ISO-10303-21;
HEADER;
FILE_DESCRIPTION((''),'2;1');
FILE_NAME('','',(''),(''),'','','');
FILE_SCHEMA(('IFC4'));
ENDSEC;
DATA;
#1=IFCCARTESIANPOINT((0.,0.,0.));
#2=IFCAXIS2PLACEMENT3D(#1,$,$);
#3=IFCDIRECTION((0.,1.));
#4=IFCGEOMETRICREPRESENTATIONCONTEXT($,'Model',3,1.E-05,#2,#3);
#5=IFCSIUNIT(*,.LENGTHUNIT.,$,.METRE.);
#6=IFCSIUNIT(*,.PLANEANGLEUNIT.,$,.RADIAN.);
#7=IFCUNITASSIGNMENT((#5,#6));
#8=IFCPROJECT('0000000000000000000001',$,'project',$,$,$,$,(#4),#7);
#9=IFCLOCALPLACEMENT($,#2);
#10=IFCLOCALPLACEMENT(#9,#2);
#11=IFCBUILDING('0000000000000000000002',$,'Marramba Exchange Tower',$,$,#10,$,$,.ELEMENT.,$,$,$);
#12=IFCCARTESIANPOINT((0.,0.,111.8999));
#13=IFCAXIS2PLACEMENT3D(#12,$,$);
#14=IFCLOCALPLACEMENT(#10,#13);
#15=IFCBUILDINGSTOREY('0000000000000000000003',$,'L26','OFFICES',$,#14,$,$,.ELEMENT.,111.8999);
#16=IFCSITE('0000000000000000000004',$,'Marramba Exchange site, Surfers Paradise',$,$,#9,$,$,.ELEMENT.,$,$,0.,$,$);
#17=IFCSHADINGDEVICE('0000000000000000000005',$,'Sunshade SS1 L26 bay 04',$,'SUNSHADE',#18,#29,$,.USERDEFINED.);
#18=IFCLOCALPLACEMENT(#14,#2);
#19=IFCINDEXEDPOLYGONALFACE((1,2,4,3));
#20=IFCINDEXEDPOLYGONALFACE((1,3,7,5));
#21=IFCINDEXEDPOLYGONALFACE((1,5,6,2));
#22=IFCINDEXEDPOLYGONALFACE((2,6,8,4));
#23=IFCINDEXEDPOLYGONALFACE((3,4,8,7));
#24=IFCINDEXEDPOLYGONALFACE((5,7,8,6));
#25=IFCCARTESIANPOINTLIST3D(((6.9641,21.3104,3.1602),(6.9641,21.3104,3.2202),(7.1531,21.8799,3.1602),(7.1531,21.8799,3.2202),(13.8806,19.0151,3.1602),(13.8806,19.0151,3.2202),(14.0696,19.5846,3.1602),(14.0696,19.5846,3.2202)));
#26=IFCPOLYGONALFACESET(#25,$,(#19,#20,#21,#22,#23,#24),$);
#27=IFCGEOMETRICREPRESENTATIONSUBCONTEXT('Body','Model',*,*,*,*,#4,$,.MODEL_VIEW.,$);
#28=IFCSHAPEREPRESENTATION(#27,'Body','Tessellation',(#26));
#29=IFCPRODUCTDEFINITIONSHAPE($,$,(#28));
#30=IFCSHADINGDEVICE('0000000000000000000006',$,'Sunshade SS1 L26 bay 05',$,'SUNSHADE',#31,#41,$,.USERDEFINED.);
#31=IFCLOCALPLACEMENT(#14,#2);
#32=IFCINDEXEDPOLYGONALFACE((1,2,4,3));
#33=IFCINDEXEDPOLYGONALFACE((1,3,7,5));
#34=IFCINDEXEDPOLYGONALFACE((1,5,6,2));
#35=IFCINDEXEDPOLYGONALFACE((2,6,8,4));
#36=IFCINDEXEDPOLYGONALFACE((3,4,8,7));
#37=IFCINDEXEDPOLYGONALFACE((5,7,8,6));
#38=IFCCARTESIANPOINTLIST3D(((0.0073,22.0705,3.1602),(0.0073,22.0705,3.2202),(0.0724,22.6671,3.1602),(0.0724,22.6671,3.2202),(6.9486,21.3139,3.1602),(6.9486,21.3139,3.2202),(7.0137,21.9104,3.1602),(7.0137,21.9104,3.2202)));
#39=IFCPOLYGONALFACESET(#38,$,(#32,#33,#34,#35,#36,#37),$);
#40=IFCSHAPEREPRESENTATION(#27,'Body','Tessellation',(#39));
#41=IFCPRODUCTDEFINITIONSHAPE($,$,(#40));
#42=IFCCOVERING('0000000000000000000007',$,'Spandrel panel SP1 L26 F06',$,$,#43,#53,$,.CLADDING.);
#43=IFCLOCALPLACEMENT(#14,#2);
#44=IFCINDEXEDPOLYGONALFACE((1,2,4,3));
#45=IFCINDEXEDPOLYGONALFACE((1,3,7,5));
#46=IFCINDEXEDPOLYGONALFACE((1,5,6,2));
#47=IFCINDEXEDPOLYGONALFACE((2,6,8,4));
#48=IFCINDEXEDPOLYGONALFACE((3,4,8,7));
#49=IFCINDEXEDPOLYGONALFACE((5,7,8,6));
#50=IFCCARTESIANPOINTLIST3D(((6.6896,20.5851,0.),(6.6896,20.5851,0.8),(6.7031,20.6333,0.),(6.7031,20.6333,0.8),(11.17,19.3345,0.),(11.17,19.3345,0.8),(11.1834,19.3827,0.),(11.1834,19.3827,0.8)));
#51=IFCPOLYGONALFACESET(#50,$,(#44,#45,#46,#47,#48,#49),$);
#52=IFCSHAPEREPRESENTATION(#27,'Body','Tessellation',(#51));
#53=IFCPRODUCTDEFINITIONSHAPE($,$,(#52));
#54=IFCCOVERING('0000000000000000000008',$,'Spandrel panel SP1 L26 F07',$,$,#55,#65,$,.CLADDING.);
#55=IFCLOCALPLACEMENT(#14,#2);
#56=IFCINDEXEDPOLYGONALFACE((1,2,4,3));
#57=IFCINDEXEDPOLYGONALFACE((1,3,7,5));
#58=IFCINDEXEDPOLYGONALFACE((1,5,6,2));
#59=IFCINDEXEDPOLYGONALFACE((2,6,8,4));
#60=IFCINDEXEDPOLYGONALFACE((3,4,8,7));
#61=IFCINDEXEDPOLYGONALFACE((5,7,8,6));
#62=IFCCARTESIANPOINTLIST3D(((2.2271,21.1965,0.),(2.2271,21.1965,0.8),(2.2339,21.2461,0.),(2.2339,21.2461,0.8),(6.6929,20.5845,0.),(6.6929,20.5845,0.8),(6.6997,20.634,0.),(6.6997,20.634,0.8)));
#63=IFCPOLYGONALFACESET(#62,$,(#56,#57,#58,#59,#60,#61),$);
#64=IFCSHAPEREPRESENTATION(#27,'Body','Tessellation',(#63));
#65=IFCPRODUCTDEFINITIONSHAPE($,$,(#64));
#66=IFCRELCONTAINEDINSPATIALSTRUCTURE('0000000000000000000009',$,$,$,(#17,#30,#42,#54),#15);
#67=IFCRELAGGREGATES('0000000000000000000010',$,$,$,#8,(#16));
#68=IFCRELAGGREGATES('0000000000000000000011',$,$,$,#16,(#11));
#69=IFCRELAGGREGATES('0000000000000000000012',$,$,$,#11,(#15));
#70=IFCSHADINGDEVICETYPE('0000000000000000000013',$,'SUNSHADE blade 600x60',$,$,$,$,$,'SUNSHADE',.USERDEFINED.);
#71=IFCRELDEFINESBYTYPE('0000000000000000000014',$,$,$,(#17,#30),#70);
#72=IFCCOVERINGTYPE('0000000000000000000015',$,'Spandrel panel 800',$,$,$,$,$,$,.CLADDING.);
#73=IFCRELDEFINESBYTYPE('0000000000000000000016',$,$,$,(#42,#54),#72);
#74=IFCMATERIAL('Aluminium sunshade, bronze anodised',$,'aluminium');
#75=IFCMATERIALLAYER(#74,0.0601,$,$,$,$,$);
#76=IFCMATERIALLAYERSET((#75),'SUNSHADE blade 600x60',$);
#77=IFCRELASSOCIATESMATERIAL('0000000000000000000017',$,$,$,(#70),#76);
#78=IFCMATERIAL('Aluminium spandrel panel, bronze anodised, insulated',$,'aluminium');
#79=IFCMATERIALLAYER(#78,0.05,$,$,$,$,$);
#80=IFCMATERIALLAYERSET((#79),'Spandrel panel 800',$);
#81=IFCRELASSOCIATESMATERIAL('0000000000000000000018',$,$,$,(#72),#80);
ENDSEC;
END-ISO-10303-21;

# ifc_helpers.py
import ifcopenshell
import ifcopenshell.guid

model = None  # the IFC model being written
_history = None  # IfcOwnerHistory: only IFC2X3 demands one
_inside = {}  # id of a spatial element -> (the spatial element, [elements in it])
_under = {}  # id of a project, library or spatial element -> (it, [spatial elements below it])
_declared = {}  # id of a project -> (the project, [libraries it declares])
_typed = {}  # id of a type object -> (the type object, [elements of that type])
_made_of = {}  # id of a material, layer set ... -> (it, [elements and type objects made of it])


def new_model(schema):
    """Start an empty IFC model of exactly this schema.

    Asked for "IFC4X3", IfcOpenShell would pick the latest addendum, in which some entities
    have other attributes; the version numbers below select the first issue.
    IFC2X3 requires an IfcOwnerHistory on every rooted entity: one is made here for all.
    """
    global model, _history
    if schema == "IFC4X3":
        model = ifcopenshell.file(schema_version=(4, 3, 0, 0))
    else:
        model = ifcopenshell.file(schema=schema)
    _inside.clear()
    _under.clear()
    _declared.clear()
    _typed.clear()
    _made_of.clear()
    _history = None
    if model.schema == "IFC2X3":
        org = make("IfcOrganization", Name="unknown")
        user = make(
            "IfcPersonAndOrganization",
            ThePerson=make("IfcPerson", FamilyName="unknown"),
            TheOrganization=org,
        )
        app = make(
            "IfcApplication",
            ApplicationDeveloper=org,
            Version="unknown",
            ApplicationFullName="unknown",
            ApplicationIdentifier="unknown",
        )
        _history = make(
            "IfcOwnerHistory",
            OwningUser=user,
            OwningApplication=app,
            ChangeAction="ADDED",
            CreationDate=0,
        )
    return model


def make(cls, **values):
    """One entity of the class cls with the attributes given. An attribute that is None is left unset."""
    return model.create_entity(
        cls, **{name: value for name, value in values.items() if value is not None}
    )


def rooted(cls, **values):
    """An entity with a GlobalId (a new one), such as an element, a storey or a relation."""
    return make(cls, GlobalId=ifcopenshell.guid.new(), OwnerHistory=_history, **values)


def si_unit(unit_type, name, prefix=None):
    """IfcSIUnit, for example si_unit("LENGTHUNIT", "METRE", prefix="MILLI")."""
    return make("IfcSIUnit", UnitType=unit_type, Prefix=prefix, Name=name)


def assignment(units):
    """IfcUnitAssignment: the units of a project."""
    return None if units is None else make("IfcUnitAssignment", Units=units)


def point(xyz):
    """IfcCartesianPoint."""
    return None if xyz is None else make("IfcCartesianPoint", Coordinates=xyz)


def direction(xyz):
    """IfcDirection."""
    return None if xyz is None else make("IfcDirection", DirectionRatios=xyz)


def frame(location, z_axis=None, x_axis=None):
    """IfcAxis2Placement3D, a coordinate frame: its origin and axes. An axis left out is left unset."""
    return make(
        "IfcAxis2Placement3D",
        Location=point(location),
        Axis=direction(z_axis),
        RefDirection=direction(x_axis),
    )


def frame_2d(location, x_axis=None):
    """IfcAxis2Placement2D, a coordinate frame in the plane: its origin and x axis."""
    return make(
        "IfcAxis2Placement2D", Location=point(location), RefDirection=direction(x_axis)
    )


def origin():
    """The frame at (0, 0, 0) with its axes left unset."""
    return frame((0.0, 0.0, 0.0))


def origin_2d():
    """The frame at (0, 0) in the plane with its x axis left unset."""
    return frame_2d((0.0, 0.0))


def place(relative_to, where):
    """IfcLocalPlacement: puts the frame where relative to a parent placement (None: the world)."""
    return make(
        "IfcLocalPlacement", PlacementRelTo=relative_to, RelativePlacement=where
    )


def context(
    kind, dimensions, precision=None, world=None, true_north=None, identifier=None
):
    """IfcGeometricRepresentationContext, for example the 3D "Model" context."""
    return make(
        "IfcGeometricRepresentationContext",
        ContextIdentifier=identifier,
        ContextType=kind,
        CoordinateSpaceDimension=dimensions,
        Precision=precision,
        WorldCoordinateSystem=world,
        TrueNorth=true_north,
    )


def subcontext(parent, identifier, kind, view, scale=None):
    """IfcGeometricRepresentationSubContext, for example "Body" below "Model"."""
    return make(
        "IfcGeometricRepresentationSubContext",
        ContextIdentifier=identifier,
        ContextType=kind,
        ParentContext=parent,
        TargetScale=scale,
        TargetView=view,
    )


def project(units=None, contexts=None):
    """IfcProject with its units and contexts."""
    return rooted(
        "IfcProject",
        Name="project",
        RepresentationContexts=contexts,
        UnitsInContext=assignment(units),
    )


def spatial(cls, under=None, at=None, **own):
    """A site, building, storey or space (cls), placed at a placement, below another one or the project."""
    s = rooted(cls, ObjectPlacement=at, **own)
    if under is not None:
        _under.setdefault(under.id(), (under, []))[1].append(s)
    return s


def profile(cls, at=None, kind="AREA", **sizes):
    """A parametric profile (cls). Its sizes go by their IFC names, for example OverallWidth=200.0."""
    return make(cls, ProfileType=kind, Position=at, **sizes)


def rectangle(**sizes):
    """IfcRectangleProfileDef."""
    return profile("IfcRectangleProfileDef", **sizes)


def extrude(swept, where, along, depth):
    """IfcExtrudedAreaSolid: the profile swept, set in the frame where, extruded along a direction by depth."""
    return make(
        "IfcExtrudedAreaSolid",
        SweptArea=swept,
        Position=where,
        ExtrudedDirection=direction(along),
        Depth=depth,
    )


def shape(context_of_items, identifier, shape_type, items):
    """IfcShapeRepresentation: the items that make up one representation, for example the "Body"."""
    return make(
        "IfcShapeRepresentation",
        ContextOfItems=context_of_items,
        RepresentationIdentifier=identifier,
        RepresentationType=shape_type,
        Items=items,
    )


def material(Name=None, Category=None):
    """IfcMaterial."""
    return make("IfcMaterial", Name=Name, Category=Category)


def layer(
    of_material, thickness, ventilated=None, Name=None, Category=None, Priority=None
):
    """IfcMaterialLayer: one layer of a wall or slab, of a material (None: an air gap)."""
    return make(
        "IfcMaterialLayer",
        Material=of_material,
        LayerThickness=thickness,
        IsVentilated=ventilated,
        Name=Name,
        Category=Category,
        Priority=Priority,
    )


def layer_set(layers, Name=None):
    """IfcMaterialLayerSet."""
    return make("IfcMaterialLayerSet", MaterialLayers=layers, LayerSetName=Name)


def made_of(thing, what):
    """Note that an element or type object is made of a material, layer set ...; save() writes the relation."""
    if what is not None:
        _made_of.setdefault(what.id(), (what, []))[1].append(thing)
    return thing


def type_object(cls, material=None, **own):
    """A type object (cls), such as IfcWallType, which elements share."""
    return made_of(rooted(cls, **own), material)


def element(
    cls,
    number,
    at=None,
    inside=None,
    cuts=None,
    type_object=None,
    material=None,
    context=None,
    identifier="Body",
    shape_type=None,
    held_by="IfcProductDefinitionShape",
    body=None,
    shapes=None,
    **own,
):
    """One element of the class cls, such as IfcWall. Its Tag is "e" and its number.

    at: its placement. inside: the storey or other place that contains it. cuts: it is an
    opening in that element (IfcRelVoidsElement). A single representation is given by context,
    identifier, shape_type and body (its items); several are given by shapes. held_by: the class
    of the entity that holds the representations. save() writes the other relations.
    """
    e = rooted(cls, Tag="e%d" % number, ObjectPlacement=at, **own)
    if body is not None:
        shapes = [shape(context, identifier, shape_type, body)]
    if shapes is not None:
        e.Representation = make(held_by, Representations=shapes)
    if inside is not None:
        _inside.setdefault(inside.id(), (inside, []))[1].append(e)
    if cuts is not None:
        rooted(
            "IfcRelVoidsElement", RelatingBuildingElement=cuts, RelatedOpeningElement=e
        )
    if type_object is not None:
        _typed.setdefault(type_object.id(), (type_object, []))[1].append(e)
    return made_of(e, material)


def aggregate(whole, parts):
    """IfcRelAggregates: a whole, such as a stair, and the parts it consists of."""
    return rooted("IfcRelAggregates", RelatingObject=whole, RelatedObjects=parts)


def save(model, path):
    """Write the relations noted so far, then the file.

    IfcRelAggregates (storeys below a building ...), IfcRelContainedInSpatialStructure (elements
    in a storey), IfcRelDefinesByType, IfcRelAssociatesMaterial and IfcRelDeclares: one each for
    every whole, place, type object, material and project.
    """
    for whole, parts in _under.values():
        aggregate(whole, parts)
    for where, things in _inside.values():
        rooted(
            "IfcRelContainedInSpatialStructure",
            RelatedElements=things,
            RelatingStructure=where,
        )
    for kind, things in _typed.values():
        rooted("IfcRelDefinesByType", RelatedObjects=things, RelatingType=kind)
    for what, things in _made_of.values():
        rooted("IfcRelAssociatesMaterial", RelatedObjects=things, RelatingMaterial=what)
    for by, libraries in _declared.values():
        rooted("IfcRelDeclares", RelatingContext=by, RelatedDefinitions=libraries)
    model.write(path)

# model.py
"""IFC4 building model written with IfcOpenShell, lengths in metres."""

from ifc_helpers import new_model, si_unit, direction, frame, origin, origin_2d, place, context, subcontext, project, spatial, rectangle, extrude, material, layer, layer_set, type_object, element, save


model = new_model("IFC4")

# Units and contexts
model_context = context("Model", 3, precision=1e-05, world=origin(), true_north=direction((0.0, 1.0)))
body_context = subcontext(model_context, "Body", "Model", "MODEL_VIEW")
ifc_project = project(units=[si_unit("LENGTHUNIT", "METRE"), si_unit("PLANEANGLEUNIT", "RADIAN")], contexts=[model_context])

# Site, building, storey
site_placement = place(None, origin())
site = spatial("IfcSite", under=ifc_project, at=site_placement, Name="Marramba Exchange site, Surfers Paradise", CompositionType="ELEMENT", RefElevation=0.0)
building_placement = place(site_placement, origin())
building = spatial("IfcBuilding", under=site, at=building_placement, Name="Marramba Exchange Tower", CompositionType="ELEMENT")
storey_placement = place(building_placement, frame((0.0, 0.0, 111.8999)))
storey = spatial("IfcBuildingStorey", under=building, at=storey_placement, Name="L26", Description="OFFICES", CompositionType="ELEMENT", Elevation=111.8999)

# Shading devices
ifc_material_1 = material(Name="Aluminium sunshade, bronze anodised", Category="aluminium")
ifc_layer_1 = layer(ifc_material_1, 0.0601)
ifc_layer_set_1 = layer_set([ifc_layer_1], Name="SUNSHADE blade 600x60")
shading_device_type_1 = type_object("IfcShadingDeviceType", Name="SUNSHADE blade 600x60", ElementType="SUNSHADE", PredefinedType="USERDEFINED", material=ifc_layer_set_1)
shading_device_1_placement = place(storey_placement, frame((10.5168, 20.4475, 3.1602), z_axis=(0.0, 0.0, 1.0), x_axis=(-0.949101, 0.314972, 0.0)))
element("IfcShadingDevice", 1, at=shading_device_1_placement, inside=storey, type_object=shading_device_type_1, Name="Sunshade SS1 L26 bay 04", ObjectType="SUNSHADE", PredefinedType="USERDEFINED", context=body_context, shape_type="SweptSolid", body=[
    extrude(rectangle(XDim=7.2874, YDim=0.6001, at=origin_2d()), origin(), (0.0, 0.0, 1.0), 0.0601),
])
shading_device_2_placement = place(storey_placement, frame((3.5105, 21.9905, 3.1602), z_axis=(0.0, 0.0, 1.0), x_axis=(-0.994111, 0.108363, 0.0)))
element("IfcShadingDevice", 2, at=shading_device_2_placement, inside=storey, type_object=shading_device_type_1, Name="Sunshade SS1 L26 bay 05", ObjectType="SUNSHADE", PredefinedType="USERDEFINED", context=body_context, shape_type="SweptSolid", body=[
    extrude(rectangle(XDim=6.9824, YDim=0.6001, at=origin_2d()), origin(), (0.0, 0.0, 1.0), 0.0601),
])

# Coverings
ifc_material_2 = material(Name="Aluminium spandrel panel, bronze anodised, insulated", Category="aluminium")
ifc_layer_2 = layer(ifc_material_2, 0.05)
ifc_layer_set_2 = layer_set([ifc_layer_2], Name="Spandrel panel 800")
covering_type = type_object("IfcCoveringType", Name="Spandrel panel 800", PredefinedType="CLADDING", material=ifc_layer_set_2)
covering_1_placement = place(storey_placement, frame((8.9365, 19.9839, 0.0), z_axis=(0.0, 0.0, 1.0), x_axis=(-0.963178, 0.268865, 0.0)))
element("IfcCovering", 3, at=covering_1_placement, inside=storey, type_object=covering_type, Name="Spandrel panel SP1 L26 F06", PredefinedType="CLADDING", context=body_context, shape_type="SweptSolid", body=[
    extrude(rectangle(XDim=4.6516, YDim=0.05, at=origin_2d()), origin(), (0.0, 0.0, 1.0), 0.8),
])
covering_2_placement = place(storey_placement, frame((4.4634, 20.9153, 0.0), z_axis=(0.0, 0.0, 1.0), x_axis=(-0.990738, 0.135786, 0.0)))
element("IfcCovering", 4, at=covering_2_placement, inside=storey, type_object=covering_type, Name="Spandrel panel SP1 L26 F07", PredefinedType="CLADDING", context=body_context, shape_type="SweptSolid", body=[
    extrude(rectangle(XDim=4.5076, YDim=0.05, at=origin_2d()), origin(), (0.0, 0.0, 1.0), 0.8),
])

save(model, "model.ifc")
